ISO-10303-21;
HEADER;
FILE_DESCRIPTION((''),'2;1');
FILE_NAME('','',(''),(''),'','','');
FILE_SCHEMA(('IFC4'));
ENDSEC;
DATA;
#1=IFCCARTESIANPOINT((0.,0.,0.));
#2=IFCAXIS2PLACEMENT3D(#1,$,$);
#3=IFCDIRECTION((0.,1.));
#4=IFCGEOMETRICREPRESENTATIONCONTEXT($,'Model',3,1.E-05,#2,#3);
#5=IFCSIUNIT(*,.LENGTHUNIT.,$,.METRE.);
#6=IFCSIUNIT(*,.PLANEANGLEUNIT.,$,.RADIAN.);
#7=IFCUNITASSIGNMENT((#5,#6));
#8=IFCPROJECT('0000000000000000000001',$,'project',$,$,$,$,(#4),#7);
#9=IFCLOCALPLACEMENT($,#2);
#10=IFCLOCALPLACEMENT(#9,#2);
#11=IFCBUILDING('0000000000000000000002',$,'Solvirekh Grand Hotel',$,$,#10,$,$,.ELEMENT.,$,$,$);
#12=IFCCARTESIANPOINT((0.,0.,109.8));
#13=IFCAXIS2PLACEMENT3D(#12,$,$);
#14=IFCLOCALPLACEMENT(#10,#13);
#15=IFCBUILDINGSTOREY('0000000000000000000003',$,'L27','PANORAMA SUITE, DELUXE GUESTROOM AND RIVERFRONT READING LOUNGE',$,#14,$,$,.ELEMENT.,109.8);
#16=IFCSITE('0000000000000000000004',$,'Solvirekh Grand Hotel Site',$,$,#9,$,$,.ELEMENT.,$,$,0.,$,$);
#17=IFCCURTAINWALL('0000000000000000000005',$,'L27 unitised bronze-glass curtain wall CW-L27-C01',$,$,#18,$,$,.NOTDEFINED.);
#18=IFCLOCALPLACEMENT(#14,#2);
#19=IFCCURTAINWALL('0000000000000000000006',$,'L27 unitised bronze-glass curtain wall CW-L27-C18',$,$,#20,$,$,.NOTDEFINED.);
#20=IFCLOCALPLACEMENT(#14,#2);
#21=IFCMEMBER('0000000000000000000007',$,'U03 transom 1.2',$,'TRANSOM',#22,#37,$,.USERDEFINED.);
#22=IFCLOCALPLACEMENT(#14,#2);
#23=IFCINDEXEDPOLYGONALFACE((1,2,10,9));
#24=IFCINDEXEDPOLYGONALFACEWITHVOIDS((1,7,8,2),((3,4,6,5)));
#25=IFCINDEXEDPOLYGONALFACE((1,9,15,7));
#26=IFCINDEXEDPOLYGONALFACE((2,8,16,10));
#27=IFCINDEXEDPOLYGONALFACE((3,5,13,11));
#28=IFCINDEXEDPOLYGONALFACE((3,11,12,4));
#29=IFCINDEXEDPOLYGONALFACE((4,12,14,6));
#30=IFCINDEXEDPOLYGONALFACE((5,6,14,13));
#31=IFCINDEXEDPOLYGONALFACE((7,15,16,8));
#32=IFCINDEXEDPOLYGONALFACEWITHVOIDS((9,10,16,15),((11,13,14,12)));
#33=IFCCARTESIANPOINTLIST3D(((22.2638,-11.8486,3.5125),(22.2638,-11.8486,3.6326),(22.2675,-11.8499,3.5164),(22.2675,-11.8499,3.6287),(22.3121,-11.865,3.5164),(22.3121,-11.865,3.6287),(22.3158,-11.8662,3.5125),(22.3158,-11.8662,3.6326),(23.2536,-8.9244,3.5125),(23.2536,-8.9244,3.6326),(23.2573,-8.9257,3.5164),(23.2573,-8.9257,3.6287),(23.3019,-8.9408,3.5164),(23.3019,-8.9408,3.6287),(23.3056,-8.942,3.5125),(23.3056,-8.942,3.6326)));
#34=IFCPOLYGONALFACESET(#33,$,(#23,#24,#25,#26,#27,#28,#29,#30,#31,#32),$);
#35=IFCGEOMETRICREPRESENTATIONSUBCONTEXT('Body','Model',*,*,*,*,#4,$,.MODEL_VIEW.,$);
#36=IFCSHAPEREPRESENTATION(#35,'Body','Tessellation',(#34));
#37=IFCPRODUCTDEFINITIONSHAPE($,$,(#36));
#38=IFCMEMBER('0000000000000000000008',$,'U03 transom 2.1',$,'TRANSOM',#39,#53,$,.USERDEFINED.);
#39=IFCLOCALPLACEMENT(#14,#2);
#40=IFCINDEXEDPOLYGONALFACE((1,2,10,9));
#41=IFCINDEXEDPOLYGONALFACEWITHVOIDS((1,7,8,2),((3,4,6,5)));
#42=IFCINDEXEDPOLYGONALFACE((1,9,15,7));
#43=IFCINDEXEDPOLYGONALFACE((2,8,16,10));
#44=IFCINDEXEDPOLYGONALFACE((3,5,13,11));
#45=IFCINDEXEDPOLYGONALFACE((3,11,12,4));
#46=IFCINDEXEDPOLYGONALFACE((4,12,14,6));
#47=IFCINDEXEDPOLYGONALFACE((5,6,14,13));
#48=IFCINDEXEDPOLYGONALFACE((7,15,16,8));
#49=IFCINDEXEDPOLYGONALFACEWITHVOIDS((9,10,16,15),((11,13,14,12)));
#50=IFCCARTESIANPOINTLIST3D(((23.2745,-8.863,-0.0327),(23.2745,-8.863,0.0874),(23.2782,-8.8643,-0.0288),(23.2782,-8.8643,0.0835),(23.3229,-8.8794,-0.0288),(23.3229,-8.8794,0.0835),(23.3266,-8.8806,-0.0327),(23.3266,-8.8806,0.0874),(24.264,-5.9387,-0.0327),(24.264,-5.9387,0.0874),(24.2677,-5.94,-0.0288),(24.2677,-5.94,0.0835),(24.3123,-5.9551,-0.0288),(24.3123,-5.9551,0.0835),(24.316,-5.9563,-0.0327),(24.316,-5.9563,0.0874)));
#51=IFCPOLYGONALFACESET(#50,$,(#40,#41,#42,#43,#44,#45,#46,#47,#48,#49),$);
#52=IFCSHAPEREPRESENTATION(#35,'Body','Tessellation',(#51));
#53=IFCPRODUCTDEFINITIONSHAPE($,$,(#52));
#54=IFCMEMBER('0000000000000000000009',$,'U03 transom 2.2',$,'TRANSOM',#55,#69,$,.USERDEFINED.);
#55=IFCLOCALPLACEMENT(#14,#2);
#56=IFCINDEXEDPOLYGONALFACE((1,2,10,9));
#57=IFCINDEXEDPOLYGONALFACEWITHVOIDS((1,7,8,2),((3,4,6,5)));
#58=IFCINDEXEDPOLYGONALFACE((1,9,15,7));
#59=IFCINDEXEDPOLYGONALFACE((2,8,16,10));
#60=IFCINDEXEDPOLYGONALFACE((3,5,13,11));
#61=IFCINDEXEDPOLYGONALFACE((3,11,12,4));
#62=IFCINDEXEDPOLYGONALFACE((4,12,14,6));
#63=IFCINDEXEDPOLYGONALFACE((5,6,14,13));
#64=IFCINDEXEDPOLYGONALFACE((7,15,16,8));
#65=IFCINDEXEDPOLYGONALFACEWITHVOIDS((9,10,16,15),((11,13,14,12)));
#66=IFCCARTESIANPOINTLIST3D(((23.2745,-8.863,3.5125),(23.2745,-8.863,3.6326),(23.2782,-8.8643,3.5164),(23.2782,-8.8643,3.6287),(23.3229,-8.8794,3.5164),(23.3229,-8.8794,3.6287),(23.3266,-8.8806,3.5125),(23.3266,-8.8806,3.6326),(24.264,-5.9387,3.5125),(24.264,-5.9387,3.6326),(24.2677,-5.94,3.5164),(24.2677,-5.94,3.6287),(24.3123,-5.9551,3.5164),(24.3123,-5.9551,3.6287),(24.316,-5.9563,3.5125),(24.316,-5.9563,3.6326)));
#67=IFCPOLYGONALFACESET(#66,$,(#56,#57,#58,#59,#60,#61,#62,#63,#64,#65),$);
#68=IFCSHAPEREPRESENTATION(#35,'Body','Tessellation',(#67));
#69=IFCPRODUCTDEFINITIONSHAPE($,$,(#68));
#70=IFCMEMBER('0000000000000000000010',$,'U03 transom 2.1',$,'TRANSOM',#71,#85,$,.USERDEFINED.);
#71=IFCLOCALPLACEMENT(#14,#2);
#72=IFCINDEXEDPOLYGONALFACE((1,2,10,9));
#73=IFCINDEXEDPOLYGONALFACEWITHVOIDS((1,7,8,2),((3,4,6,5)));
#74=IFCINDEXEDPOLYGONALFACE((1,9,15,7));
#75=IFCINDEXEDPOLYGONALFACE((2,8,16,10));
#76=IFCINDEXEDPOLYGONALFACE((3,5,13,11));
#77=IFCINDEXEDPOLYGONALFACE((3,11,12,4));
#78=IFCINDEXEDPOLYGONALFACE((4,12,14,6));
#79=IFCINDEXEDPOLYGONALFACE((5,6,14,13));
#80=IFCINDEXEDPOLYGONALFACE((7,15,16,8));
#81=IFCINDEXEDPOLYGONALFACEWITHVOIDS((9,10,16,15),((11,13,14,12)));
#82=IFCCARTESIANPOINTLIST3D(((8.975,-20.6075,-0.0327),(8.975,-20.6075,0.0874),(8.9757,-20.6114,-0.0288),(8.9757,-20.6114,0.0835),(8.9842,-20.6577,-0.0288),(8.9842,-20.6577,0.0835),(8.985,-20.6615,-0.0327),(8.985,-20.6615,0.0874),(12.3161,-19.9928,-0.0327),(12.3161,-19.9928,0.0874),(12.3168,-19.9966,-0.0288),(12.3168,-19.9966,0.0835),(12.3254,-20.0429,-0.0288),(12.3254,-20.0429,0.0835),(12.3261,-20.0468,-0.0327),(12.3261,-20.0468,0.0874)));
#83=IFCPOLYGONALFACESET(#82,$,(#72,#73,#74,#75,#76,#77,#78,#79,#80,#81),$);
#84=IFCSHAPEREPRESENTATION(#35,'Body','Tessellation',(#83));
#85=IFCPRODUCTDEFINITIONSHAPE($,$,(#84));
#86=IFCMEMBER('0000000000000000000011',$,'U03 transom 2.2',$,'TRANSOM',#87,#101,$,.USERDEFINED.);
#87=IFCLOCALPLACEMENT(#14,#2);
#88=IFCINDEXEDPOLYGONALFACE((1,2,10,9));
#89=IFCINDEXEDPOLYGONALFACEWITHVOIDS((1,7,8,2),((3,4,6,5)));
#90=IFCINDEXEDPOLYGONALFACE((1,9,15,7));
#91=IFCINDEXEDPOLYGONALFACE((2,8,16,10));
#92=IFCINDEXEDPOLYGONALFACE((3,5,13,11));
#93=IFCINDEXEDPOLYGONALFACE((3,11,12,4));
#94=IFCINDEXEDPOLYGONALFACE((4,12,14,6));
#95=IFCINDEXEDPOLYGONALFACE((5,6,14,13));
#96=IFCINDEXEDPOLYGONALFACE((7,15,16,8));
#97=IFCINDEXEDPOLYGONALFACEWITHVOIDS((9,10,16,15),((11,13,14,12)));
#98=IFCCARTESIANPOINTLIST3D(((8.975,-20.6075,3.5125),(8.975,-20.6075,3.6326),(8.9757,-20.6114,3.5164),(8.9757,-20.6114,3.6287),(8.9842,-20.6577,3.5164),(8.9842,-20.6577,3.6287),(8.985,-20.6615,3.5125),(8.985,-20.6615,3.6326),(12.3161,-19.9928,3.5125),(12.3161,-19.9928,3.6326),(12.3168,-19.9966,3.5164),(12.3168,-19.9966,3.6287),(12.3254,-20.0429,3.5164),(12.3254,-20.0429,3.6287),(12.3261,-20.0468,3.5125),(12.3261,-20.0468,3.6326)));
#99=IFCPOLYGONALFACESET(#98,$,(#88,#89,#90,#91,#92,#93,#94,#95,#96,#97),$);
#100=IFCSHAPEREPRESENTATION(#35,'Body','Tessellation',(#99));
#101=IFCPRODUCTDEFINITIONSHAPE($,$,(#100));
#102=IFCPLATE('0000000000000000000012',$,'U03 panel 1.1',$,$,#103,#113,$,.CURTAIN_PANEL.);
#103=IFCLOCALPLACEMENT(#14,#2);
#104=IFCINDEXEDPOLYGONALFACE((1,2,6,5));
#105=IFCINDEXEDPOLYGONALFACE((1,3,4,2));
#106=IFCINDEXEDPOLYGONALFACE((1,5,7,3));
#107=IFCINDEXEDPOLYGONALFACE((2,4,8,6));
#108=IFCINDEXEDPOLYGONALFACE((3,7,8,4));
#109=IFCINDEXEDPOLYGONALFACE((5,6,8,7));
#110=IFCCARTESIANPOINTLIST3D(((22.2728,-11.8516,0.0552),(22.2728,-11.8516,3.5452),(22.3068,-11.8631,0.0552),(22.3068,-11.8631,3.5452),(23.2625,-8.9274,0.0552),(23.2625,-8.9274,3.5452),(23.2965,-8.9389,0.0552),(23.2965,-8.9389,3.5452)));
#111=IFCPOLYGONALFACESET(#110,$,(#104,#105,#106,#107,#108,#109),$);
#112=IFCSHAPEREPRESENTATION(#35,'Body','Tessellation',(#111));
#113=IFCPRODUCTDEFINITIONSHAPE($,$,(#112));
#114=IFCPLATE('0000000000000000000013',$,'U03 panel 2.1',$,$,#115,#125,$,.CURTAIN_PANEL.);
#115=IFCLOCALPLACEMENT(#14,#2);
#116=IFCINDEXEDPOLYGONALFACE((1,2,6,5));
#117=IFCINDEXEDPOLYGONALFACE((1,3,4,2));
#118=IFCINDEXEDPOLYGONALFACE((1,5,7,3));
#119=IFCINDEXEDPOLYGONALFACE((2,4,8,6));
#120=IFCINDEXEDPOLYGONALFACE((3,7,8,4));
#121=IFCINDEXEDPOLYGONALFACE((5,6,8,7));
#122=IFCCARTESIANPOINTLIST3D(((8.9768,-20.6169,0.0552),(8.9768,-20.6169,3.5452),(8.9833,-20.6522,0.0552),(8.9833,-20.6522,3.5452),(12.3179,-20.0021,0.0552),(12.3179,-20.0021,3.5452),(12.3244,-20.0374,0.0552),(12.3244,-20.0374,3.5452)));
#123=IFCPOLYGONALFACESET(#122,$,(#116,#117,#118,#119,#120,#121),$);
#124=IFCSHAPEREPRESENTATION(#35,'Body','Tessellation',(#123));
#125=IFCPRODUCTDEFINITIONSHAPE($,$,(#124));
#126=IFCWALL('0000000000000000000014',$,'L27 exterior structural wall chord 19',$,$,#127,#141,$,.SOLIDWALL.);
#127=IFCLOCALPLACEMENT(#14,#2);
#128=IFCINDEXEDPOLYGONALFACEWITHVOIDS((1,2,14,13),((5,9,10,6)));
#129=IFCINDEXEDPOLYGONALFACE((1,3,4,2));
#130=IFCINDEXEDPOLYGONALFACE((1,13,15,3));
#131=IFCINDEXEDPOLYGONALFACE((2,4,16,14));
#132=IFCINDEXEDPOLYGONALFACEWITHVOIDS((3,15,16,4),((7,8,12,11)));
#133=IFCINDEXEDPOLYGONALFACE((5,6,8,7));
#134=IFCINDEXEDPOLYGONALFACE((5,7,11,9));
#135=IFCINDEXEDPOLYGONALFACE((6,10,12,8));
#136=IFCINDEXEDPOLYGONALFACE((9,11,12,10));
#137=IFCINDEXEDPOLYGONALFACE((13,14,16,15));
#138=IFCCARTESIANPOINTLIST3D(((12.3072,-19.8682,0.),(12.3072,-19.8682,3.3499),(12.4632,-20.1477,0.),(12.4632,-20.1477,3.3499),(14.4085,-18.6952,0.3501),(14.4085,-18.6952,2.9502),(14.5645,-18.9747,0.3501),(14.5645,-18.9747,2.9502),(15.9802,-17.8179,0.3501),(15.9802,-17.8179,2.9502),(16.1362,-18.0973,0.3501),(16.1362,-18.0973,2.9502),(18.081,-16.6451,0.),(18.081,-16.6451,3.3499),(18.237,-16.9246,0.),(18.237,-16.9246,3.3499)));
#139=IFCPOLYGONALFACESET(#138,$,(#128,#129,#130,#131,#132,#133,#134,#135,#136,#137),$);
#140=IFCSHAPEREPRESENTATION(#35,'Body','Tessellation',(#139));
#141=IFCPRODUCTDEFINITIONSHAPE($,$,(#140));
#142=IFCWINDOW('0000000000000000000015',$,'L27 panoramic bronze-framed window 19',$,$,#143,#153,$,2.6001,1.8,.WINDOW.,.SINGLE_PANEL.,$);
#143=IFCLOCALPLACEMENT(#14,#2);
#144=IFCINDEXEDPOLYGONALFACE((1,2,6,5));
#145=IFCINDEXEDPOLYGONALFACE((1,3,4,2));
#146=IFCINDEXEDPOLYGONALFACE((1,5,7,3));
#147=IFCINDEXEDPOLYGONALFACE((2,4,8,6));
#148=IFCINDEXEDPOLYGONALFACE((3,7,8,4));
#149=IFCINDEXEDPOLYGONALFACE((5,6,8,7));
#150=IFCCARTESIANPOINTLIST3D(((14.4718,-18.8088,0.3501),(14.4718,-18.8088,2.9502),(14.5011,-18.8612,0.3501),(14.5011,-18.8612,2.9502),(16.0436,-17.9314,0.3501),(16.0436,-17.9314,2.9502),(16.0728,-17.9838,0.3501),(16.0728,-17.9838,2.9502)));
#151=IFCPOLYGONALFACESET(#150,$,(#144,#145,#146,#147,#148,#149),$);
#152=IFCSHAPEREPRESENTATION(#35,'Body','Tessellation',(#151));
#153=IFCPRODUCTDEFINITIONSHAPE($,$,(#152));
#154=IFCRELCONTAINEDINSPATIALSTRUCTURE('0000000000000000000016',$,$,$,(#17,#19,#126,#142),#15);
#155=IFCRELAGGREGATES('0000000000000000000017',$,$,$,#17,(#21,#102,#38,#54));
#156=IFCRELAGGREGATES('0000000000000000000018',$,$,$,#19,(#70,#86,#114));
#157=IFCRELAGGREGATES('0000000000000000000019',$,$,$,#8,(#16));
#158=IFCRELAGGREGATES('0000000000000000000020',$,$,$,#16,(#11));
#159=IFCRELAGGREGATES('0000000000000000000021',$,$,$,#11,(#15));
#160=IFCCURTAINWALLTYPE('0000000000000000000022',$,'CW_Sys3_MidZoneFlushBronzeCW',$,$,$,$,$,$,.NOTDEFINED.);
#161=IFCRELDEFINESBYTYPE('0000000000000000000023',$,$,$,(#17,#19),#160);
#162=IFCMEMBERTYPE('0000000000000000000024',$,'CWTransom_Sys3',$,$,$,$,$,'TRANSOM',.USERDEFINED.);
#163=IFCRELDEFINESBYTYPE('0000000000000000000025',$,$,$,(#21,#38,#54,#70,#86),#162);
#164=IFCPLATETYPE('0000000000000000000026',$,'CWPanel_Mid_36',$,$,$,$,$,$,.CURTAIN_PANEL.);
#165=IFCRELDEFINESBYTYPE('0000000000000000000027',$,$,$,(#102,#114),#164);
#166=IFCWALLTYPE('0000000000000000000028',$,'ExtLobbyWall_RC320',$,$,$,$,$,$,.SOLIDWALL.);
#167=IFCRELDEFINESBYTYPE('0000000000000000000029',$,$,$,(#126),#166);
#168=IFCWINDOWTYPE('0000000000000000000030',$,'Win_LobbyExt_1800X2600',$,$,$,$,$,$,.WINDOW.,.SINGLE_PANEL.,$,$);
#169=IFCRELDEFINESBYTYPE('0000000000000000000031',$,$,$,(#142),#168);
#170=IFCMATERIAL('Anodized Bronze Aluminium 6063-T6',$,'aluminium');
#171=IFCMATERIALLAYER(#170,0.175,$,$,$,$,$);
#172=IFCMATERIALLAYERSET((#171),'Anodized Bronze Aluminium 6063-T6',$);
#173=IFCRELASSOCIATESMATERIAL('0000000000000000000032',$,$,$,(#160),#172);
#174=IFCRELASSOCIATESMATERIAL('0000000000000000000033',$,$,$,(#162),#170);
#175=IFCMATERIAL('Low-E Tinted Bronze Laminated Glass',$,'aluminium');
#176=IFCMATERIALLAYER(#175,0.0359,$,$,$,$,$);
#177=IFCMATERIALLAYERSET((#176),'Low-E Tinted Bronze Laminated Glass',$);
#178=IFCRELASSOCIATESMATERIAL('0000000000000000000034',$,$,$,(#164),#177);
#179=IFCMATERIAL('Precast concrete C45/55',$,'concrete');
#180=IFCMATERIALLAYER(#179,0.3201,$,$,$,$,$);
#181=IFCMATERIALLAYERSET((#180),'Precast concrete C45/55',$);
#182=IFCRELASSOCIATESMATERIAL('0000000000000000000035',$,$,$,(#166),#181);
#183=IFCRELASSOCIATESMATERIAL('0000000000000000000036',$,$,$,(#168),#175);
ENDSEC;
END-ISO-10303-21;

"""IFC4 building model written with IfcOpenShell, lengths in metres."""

from ifc_helpers import new_model, si_unit, direction, frame, frame_2d, origin, origin_2d, place, context, subcontext, project, spatial, rectangle, hollow_rectangle, extrude, source, transform, mapped, material, layer, layer_set, material_profile, profile_set, type_object, element, fill, aggregate, save


model = new_model("IFC4")

# Units and contexts
model_context = context("Model", 3, precision=1e-05, world=origin(), true_north=direction((0.0, 1.0)))
body_context = subcontext(model_context, "Body", "Model", "MODEL_VIEW")
ifc_project = project(units=[si_unit("LENGTHUNIT", "METRE"), si_unit("PLANEANGLEUNIT", "RADIAN")], contexts=[model_context])

# Site, building, storey
site_placement = place(None, origin())
site = spatial("IfcSite", under=ifc_project, at=site_placement, Name="Solvirekh Grand Hotel Site", CompositionType="ELEMENT", RefElevation=0.0)
building_placement = place(site_placement, origin())
building = spatial("IfcBuilding", under=site, at=building_placement, Name="Solvirekh Grand Hotel", CompositionType="ELEMENT")
storey_placement = place(building_placement, frame((0.0, 0.0, 109.8)))
storey = spatial("IfcBuildingStorey", under=building, at=storey_placement, Name="L27", Description="PANORAMA SUITE, DELUXE GUESTROOM AND RIVERFRONT READING LOUNGE", CompositionType="ELEMENT", Elevation=109.8)

# Curtain walls
ifc_material_1 = material(Name="Anodized Bronze Aluminium 6063-T6", Category="aluminium")
ifc_layer_1 = layer(ifc_material_1, 0.175)
ifc_layer_set_1 = layer_set([ifc_layer_1], Name="Anodized Bronze Aluminium 6063-T6")
curtain_wall_type = type_object("IfcCurtainWallType", Name="CW_Sys3_MidZoneFlushBronzeCW", PredefinedType="NOTDEFINED", material=ifc_layer_set_1)
curtain_wall_1_placement = place(storey_placement, origin())
curtain_wall_1 = element("IfcCurtainWall", 1, at=curtain_wall_1_placement, inside=storey, type_object=curtain_wall_type, Name="L27 unitised bronze-glass curtain wall CW-L27-C01", PredefinedType="NOTDEFINED")
curtain_wall_2_placement = place(storey_placement, origin())
curtain_wall_2 = element("IfcCurtainWall", 2, at=curtain_wall_2_placement, inside=storey, type_object=curtain_wall_type, Name="L27 unitised bronze-glass curtain wall CW-L27-C18", PredefinedType="NOTDEFINED")

# Members
ifc_material_profile_1 = material_profile(ifc_material_1, hollow_rectangle(XDim=0.0549, YDim=0.1201, WallThickness=0.0039, at=origin_2d()), Name="ALU RHS 120X55X4")
ifc_profile_set_1 = profile_set([ifc_material_profile_1], Name="Anodized Bronze Aluminium 6063-T6")
member_type_1 = type_object("IfcMemberType", Name="CWTransom_Sys3", ElementType="TRANSOM", PredefinedType="USERDEFINED", material=ifc_profile_set_1)
shared_shape_1 = source(origin(), body_context, "Body", "SweptSolid", [
    extrude(hollow_rectangle(XDim=0.0549, YDim=0.1201, WallThickness=0.0039, at=origin_2d()), origin(), (0.0, 0.0, 1.0), 3.0872),
])
member_1_placement = place(storey_placement, frame((22.2898, -11.8574, 3.5725), z_axis=(0.320614, 0.94721, 0.0), x_axis=(-0.94721, 0.320614, 0.0)))
member_1 = element("IfcMember", 3, at=member_1_placement, type_object=member_type_1, Name="U03 transom 1.2", ObjectType="TRANSOM", PredefinedType="USERDEFINED", context=body_context, shape_type="MappedRepresentation", body=[
    mapped(shared_shape_1, transform((0.0, 0.0, 0.0), x_axis=(1.0, 0.0, 0.0), y_axis=(0.0, 1.0, 0.0), z_axis=(0.0, 0.0, 1.0), scale=1.0)),
])
member_2_placement = place(storey_placement, frame((23.3005, -8.8718, 0.0273), z_axis=(0.320519, 0.947242, 0.0), x_axis=(-0.947242, 0.320519, 0.0)))
member_2 = element("IfcMember", 4, at=member_2_placement, type_object=member_type_1, Name="U03 transom 2.1", ObjectType="TRANSOM", PredefinedType="USERDEFINED", context=body_context, shape_type="MappedRepresentation", body=[
    mapped(shared_shape_1, transform((0.0, 0.0, 0.0), x_axis=(1.0, 0.0, 0.0), y_axis=(0.0, 1.0, 0.0), z_axis=(0.0, 0.0, 1.0), scale=1.0)),
])
member_3_placement = place(storey_placement, frame((23.3005, -8.8718, 3.5725), z_axis=(0.320519, 0.947242, 0.0), x_axis=(-0.947242, 0.320519, 0.0)))
member_3 = element("IfcMember", 5, at=member_3_placement, type_object=member_type_1, Name="U03 transom 2.2", ObjectType="TRANSOM", PredefinedType="USERDEFINED", context=body_context, shape_type="MappedRepresentation", body=[
    mapped(shared_shape_1, transform((0.0, 0.0, 0.0), x_axis=(1.0, 0.0, 0.0), y_axis=(0.0, 1.0, 0.0), z_axis=(0.0, 0.0, 1.0), scale=1.0)),
])
shared_shape_2 = source(origin(), body_context, "Body", "SweptSolid", [
    extrude(hollow_rectangle(XDim=0.0549, YDim=0.1201, WallThickness=0.0039, at=origin_2d()), origin(), (0.0, 0.0, 1.0), 3.3972),
])
member_4_placement = place(storey_placement, frame((8.98, -20.6345, 0.0273), z_axis=(0.983491, 0.180959, 0.0), x_axis=(-0.180959, 0.983491, 0.0)))
member_4 = element("IfcMember", 6, at=member_4_placement, type_object=member_type_1, Name="U03 transom 2.1", ObjectType="TRANSOM", PredefinedType="USERDEFINED", context=body_context, shape_type="MappedRepresentation", body=[
    mapped(shared_shape_2, transform((0.0, 0.0, 0.0), x_axis=(1.0, 0.0, 0.0), y_axis=(0.0, 1.0, 0.0), z_axis=(0.0, 0.0, 1.0), scale=1.0)),
])
member_5_placement = place(storey_placement, frame((8.98, -20.6345, 3.5725), z_axis=(0.983491, 0.180959, 0.0), x_axis=(-0.180959, 0.983491, 0.0)))
member_5 = element("IfcMember", 7, at=member_5_placement, type_object=member_type_1, Name="U03 transom 2.2", ObjectType="TRANSOM", PredefinedType="USERDEFINED", context=body_context, shape_type="MappedRepresentation", body=[
    mapped(shared_shape_2, transform((0.0, 0.0, 0.0), x_axis=(1.0, 0.0, 0.0), y_axis=(0.0, 1.0, 0.0), z_axis=(0.0, 0.0, 1.0), scale=1.0)),
])

# Plates
ifc_material_2 = material(Name="Low-E Tinted Bronze Laminated Glass", Category="aluminium")
ifc_layer_2 = layer(ifc_material_2, 0.0359)
ifc_layer_set_2 = layer_set([ifc_layer_2], Name="Low-E Tinted Bronze Laminated Glass")
plate_type = type_object("IfcPlateType", Name="CWPanel_Mid_36", PredefinedType="CURTAIN_PANEL", material=ifc_layer_set_2)
shared_shape_3 = source(origin(), body_context, "Body", "SweptSolid", [
    extrude(rectangle(XDim=3.0872, YDim=0.0359, at=origin_2d()), origin(), (0.0, 0.0, 1.0), 3.49),
])
plate_1_placement = place(storey_placement, frame((22.7847, -10.3953, 0.0552), z_axis=(0.0, 0.0, 1.0), x_axis=(0.320605, 0.947213, 0.0)))
plate_1 = element("IfcPlate", 8, at=plate_1_placement, type_object=plate_type, Name="U03 panel 1.1", PredefinedType="CURTAIN_PANEL", context=body_context, shape_type="MappedRepresentation", body=[
    mapped(shared_shape_3, transform((0.0, 0.0, 0.0), x_axis=(1.0, 0.0, 0.0), y_axis=(0.0, 1.0, 0.0), z_axis=(0.0, 0.0, 1.0), scale=1.0)),
])
aggregate(curtain_wall_1, [member_1, plate_1, member_2, member_3])
shared_shape_4 = source(origin(), body_context, "Body", "SweptSolid", [
    extrude(rectangle(XDim=3.3972, YDim=0.0359, at=origin_2d()), origin(), (0.0, 0.0, 1.0), 3.49),
])
plate_2_placement = place(storey_placement, frame((10.6506, -20.3271, 0.0552), z_axis=(0.0, 0.0, 1.0), x_axis=(0.983485, 0.180988, 0.0)))
plate_2 = element("IfcPlate", 9, at=plate_2_placement, type_object=plate_type, Name="U03 panel 2.1", PredefinedType="CURTAIN_PANEL", context=body_context, shape_type="MappedRepresentation", body=[
    mapped(shared_shape_4, transform((0.0, 0.0, 0.0), x_axis=(1.0, 0.0, 0.0), y_axis=(0.0, 1.0, 0.0), z_axis=(0.0, 0.0, 1.0), scale=1.0)),
])
aggregate(curtain_wall_2, [member_4, member_5, plate_2])

# Wall, opening, window
ifc_material_3 = material(Name="Precast concrete C45/55", Category="concrete")
ifc_layer_3 = layer(ifc_material_3, 0.3201)
ifc_layer_set_3 = layer_set([ifc_layer_3], Name="Precast concrete C45/55")
wall_type = type_object("IfcWallType", Name="ExtLobbyWall_RC320", PredefinedType="SOLIDWALL", material=ifc_layer_set_3)
wall_1_placement = place(storey_placement, frame((18.1589, -16.7849, 0.0), z_axis=(0.0, 0.0, 1.0), x_axis=(-0.873166, -0.487422, 0.0)))
wall_1 = element("IfcWall", 10, at=wall_1_placement, inside=storey, type_object=wall_type, Name="L27 exterior structural wall chord 19", PredefinedType="SOLIDWALL", context=body_context, shape_type="SweptSolid", body=[
    extrude(rectangle(XDim=6.6125, YDim=0.3201, at=frame_2d((3.3062, 0.0))), origin(), (0.0, 0.0, 1.0), 3.3499),
])
opening_1_placement = place(wall_1_placement, frame((2.406, 0.0, 0.3501)))
opening_1 = element("IfcOpeningElement", 11, at=opening_1_placement, cuts=wall_1, PredefinedType="OPENING", context=body_context, shape_type="SweptSolid", body=[
    extrude(rectangle(XDim=1.8, YDim=2.6001, at=frame_2d((0.8999, 1.3))), frame((0.0, 0.1699, 0.0), z_axis=(0.0, -1.0, 0.0), x_axis=(1.0, 0.0, 0.0)), (0.0, 0.0, 1.0), 0.3401),
])
window_type = type_object("IfcWindowType", Name="Win_LobbyExt_1800X2600", PartitioningType="SINGLE_PANEL", PredefinedType="WINDOW", material=ifc_material_2)
window_1_placement = place(opening_1_placement, origin())
window_1 = element("IfcWindow", 12, at=window_1_placement, inside=storey, type_object=window_type, Name="L27 panoramic bronze-framed window 19", OverallHeight=2.6001, OverallWidth=1.8, PartitioningType="SINGLE_PANEL", PredefinedType="WINDOW", context=body_context, shape_type="SweptSolid", body=[
    extrude(rectangle(XDim=1.8, YDim=2.6001, at=frame_2d((0.8999, 1.3))), frame((0.0, 0.03, 0.0), z_axis=(0.0, -1.0, 0.0), x_axis=(1.0, 0.0, 0.0)), (0.0, 0.0, 1.0), 0.0601),
])
fill(opening_1, window_1)

save(model, "model.ifc")
